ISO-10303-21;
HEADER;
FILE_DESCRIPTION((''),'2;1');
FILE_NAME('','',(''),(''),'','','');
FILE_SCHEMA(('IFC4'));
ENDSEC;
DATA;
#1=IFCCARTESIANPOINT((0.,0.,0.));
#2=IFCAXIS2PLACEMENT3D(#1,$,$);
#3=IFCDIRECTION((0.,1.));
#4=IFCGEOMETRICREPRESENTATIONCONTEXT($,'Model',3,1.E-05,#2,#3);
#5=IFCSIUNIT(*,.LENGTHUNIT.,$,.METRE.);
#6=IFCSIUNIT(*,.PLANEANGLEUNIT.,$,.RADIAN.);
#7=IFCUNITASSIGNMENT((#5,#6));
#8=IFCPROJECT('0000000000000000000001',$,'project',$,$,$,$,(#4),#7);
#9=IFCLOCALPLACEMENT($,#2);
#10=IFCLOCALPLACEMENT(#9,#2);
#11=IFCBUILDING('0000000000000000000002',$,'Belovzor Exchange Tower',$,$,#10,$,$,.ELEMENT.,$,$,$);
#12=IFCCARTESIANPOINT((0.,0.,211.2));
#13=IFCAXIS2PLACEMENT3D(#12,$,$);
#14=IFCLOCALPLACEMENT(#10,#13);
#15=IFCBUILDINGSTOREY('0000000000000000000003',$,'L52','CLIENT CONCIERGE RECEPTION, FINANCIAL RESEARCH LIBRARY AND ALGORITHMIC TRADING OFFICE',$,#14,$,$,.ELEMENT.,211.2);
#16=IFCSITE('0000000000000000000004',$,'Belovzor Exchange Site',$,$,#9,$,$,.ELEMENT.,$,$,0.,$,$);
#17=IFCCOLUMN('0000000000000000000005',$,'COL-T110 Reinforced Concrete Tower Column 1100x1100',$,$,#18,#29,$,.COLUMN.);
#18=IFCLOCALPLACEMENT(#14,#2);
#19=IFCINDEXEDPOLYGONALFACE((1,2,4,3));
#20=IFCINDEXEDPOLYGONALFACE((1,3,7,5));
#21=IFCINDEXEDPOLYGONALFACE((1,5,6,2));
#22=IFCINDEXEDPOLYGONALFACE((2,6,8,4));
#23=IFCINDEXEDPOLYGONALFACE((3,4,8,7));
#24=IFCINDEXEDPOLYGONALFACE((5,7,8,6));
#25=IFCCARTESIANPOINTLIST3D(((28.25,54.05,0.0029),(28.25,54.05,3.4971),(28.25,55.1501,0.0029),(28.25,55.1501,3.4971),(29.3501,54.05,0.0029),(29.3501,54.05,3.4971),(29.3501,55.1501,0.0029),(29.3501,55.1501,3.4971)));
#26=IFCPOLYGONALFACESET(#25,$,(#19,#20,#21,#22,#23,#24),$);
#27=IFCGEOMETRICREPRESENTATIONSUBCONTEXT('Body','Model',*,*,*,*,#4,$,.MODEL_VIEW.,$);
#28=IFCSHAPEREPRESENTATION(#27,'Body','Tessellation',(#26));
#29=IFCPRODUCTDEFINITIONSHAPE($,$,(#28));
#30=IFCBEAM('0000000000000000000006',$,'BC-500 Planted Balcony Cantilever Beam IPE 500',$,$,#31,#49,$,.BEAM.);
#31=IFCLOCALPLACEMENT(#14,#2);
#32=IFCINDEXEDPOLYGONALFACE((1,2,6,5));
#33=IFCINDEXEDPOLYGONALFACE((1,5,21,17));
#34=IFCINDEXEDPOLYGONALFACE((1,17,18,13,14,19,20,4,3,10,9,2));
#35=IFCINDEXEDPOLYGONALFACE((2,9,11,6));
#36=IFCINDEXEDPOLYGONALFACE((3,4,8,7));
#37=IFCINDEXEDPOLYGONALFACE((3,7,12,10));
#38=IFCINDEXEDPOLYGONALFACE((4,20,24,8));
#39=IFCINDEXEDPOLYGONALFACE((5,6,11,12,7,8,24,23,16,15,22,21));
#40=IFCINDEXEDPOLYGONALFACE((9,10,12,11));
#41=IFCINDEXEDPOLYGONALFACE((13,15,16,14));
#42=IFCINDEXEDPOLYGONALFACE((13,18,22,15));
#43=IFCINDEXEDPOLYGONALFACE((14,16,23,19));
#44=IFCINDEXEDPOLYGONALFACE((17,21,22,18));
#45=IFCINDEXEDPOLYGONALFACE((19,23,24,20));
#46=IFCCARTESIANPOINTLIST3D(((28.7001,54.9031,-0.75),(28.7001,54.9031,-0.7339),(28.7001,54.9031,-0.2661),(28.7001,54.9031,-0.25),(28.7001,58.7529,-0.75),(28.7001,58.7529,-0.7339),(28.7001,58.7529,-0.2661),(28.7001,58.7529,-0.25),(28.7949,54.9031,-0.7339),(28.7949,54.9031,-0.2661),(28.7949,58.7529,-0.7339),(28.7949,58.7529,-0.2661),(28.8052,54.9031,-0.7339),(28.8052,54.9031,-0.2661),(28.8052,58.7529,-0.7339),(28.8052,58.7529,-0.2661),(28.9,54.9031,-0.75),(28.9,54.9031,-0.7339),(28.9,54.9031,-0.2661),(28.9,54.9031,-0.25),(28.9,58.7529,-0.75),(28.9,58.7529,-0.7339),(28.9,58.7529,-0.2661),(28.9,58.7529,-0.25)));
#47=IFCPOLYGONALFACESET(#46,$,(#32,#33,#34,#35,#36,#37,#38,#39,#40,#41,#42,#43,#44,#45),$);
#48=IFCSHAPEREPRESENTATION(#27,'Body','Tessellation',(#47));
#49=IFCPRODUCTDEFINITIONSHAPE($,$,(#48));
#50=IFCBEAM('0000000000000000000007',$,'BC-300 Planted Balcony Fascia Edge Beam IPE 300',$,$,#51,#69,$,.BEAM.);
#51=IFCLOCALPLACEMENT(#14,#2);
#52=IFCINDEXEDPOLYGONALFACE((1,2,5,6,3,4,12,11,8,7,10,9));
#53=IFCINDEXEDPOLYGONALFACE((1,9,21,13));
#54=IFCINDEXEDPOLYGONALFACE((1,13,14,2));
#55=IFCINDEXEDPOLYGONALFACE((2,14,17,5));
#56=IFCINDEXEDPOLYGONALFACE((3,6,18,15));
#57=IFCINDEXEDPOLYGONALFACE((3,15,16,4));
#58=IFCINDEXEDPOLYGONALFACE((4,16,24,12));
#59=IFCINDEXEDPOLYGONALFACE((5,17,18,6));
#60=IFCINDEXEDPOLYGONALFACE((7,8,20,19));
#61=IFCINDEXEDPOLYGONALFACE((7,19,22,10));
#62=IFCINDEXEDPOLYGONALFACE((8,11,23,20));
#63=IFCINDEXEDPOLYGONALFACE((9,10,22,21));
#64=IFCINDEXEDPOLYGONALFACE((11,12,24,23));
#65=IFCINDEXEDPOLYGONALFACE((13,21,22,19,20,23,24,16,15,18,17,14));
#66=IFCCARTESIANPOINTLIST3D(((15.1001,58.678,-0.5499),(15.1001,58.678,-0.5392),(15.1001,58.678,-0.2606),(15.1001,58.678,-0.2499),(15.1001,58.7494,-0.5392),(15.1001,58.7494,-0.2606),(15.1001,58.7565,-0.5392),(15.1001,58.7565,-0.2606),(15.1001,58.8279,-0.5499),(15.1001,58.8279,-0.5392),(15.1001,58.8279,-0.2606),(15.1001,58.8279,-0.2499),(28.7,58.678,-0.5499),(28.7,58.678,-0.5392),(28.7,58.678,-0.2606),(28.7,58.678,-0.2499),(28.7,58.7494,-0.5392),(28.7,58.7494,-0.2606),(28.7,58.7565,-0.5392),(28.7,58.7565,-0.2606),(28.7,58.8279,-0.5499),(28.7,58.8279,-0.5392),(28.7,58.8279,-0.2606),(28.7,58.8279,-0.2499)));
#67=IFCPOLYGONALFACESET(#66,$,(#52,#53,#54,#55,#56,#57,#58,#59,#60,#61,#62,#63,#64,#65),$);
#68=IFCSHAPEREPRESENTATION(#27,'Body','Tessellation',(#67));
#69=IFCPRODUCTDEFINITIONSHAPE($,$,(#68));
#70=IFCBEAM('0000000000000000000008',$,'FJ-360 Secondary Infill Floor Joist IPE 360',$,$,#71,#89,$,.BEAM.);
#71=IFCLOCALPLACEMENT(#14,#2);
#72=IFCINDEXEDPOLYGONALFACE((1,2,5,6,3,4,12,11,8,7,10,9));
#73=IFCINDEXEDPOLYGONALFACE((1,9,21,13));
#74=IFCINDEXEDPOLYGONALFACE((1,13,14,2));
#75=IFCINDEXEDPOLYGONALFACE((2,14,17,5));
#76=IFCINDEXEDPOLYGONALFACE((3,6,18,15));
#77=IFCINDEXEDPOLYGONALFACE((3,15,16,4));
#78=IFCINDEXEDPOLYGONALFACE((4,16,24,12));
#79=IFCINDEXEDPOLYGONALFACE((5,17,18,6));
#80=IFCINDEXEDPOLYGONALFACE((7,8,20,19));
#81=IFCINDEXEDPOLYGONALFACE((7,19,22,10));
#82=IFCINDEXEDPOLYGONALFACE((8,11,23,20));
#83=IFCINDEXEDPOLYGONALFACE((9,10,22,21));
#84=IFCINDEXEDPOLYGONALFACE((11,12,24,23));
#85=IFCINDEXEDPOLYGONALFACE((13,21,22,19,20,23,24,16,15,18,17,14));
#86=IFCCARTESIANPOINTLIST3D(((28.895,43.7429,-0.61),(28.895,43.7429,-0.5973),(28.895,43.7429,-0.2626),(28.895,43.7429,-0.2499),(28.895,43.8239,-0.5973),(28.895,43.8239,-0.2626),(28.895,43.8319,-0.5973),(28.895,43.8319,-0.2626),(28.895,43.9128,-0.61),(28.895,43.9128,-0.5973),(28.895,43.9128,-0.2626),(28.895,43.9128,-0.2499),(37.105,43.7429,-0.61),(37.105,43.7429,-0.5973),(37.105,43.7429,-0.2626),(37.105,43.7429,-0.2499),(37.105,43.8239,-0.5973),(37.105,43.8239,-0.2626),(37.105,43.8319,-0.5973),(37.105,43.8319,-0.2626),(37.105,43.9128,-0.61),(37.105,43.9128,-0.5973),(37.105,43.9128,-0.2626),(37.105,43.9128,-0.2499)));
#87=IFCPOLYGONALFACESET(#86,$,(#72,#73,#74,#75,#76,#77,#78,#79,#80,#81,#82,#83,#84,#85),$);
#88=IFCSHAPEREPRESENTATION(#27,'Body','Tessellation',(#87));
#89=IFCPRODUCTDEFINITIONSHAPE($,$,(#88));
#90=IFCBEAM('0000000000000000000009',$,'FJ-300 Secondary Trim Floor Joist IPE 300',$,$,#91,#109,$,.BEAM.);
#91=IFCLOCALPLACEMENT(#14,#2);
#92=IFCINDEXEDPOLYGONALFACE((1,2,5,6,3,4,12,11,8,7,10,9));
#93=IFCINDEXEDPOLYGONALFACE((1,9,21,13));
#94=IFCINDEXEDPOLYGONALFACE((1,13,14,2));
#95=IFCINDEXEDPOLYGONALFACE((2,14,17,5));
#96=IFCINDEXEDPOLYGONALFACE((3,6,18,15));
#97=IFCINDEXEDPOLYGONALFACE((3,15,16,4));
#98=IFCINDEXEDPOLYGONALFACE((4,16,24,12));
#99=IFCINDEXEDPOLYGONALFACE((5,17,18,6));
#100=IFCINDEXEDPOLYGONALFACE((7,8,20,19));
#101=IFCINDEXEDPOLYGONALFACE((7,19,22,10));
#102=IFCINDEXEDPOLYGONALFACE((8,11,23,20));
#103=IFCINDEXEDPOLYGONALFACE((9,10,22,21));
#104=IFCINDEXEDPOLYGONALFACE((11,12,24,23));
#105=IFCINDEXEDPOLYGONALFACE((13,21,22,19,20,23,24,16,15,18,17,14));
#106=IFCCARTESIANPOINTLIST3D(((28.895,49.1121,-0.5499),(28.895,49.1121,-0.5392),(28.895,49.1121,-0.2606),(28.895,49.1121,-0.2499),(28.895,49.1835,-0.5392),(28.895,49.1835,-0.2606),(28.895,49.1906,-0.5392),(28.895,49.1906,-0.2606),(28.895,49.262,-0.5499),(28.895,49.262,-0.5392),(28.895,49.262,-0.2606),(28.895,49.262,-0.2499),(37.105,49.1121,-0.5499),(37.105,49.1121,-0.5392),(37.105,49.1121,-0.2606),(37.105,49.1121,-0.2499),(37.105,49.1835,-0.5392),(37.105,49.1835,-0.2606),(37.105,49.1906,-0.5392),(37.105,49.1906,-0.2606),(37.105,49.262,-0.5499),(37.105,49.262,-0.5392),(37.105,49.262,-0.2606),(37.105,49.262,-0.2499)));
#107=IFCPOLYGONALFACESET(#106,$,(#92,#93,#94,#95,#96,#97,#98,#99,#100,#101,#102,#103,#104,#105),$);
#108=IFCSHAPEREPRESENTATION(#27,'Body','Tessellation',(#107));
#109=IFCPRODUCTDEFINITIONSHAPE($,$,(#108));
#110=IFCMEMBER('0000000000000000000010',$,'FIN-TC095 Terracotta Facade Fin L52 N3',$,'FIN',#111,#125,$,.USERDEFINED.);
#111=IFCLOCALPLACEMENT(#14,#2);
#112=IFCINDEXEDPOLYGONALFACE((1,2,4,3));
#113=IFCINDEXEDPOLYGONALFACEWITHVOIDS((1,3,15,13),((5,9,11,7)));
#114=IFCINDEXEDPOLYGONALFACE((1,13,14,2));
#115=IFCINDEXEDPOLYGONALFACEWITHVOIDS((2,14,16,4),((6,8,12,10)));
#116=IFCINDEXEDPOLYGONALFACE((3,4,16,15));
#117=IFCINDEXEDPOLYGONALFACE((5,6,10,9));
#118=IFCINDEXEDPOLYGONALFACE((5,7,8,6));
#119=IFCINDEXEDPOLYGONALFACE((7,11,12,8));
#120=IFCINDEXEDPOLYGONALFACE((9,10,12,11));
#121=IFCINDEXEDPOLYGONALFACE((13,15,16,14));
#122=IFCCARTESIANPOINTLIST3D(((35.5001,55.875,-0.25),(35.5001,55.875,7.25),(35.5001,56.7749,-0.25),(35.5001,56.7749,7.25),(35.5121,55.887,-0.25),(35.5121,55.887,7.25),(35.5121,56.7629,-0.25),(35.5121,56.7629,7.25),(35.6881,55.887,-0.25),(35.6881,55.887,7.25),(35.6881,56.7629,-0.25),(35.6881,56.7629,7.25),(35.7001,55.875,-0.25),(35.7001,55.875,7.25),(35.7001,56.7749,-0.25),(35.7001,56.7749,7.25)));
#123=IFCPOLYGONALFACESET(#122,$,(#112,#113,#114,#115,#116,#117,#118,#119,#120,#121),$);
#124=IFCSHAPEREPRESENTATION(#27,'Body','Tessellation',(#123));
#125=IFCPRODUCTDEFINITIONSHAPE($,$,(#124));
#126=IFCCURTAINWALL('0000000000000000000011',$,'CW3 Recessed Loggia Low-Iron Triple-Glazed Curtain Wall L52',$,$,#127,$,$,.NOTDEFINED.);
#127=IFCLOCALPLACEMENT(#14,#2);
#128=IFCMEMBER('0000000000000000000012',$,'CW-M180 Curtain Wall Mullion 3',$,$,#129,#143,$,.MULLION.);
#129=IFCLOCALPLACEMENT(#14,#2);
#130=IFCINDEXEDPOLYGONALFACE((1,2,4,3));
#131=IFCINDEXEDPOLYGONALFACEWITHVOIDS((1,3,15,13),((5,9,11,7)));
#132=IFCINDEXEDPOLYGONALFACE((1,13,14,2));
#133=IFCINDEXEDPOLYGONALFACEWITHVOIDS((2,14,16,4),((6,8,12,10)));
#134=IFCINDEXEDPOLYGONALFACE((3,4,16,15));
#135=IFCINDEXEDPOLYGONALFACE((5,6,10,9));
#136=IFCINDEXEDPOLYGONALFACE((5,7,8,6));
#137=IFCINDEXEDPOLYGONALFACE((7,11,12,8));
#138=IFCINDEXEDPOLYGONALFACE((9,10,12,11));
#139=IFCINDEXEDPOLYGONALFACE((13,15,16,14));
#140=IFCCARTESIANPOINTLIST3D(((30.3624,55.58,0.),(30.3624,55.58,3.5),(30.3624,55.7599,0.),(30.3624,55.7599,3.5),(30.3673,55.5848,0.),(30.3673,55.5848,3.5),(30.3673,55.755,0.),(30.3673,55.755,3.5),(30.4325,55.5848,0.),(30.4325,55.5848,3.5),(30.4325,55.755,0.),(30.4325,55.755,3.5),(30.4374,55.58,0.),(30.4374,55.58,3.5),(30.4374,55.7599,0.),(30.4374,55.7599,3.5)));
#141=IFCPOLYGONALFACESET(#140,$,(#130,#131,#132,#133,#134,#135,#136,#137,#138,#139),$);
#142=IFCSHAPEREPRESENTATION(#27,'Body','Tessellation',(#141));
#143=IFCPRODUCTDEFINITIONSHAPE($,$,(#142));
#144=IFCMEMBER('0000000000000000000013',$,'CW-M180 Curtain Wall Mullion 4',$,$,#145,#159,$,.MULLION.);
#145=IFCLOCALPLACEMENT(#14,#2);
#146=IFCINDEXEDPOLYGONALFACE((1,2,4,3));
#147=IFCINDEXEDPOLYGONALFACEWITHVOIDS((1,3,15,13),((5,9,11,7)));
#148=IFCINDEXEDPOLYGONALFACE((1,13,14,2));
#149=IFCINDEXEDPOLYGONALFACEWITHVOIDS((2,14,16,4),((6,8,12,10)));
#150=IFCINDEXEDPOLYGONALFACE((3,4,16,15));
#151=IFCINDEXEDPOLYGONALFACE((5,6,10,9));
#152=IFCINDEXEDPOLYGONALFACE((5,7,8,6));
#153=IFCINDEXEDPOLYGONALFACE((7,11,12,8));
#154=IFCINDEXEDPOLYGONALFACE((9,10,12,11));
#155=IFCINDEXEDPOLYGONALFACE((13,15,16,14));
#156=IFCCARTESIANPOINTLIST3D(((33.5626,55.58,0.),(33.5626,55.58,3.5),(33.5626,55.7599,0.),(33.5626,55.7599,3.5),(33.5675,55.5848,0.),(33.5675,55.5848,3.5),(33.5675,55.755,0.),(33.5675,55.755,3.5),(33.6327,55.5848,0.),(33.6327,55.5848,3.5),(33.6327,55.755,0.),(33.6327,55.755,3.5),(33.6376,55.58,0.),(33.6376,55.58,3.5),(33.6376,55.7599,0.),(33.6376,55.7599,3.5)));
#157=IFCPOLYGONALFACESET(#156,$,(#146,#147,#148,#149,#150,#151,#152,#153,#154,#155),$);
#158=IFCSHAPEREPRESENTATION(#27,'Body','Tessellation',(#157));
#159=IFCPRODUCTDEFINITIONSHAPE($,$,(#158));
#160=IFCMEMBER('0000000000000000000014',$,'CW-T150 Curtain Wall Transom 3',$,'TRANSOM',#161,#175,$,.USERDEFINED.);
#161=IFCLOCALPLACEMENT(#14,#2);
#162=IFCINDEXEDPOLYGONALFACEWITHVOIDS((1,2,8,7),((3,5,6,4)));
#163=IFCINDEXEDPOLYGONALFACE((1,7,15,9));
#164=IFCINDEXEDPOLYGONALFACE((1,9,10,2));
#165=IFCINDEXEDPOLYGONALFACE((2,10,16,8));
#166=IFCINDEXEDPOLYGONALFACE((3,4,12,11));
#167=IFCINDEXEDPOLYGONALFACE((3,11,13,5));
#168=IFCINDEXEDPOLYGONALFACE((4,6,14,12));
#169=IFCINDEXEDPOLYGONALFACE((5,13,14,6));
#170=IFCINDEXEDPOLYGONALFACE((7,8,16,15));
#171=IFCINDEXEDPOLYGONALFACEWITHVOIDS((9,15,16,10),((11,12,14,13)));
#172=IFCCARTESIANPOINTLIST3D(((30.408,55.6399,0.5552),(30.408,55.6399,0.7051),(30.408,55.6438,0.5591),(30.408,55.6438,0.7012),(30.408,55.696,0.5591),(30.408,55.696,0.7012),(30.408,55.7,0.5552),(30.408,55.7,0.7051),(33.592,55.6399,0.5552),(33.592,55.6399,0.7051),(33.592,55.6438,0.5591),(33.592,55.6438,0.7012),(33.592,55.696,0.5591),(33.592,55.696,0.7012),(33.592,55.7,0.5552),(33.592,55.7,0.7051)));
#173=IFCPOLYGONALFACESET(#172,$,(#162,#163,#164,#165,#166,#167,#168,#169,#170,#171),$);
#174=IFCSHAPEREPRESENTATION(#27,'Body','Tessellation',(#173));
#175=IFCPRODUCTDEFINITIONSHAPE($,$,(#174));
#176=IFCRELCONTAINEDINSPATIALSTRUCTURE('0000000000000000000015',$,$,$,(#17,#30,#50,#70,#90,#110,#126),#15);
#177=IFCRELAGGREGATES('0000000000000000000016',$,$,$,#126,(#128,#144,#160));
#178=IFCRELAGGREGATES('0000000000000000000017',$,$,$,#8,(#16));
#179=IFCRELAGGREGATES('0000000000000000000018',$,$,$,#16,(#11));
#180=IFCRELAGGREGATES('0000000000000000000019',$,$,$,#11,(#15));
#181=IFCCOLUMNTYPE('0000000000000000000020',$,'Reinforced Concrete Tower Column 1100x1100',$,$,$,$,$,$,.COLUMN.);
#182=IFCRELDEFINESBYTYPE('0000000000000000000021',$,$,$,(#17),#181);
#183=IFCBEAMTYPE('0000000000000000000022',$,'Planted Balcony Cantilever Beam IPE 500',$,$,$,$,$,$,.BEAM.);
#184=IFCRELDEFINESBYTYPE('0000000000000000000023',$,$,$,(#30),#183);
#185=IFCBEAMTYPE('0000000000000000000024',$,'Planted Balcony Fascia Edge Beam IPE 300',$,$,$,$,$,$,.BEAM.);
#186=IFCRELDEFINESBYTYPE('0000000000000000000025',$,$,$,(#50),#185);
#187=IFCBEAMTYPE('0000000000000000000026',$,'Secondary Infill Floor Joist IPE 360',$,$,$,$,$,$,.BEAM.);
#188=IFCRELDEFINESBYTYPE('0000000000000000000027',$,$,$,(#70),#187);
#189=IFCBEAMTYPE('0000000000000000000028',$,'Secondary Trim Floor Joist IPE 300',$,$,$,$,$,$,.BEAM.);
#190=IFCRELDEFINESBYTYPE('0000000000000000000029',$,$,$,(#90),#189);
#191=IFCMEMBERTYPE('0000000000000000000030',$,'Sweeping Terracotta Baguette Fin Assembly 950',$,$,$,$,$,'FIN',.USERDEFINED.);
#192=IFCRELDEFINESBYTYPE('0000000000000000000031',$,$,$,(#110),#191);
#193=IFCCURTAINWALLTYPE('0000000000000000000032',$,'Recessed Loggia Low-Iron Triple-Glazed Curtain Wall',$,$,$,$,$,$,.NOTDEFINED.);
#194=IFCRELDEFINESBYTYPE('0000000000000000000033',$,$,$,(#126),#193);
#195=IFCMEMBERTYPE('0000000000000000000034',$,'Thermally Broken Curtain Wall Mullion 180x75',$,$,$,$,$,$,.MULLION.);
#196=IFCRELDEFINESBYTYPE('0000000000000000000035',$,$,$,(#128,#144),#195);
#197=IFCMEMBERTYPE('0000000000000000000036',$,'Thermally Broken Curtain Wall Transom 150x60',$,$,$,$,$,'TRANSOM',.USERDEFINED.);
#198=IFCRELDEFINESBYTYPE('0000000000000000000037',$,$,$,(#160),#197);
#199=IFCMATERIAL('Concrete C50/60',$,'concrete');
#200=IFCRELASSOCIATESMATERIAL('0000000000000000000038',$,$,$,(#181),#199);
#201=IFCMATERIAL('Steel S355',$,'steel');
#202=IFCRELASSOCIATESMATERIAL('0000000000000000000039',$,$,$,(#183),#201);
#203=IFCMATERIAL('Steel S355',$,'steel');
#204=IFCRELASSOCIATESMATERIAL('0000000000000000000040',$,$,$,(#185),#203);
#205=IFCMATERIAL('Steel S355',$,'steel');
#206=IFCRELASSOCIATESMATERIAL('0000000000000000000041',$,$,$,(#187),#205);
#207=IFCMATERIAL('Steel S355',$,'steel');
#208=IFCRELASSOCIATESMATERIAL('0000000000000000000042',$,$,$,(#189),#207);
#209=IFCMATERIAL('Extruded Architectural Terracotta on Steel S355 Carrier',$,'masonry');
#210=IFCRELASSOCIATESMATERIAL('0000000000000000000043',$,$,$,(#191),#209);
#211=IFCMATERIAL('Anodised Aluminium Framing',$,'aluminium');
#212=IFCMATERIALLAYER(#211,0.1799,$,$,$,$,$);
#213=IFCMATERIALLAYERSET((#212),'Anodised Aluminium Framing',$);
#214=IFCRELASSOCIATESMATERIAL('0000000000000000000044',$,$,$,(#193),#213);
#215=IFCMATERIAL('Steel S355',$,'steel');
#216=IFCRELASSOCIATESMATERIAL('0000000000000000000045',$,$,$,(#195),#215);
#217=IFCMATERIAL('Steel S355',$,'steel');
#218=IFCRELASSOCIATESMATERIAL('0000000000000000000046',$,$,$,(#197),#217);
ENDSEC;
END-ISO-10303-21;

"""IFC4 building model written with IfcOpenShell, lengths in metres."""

from ifc_helpers import new_model, si_unit, direction, frame, origin, origin_2d, place, context, subcontext, project, spatial, rectangle, hollow_rectangle, i_section, extrude, material, layer, layer_set, material_profile, profile_set, type_object, element, aggregate, save


model = new_model("IFC4")

# Units and contexts
model_context = context("Model", 3, precision=1e-05, world=origin(), true_north=direction((0.0, 1.0)))
body_context = subcontext(model_context, "Body", "Model", "MODEL_VIEW")
ifc_project = project(units=[si_unit("LENGTHUNIT", "METRE"), si_unit("PLANEANGLEUNIT", "RADIAN")], contexts=[model_context])

# Site, building, storey
site_placement = place(None, origin())
site = spatial("IfcSite", under=ifc_project, at=site_placement, Name="Belovzor Exchange Site", CompositionType="ELEMENT", RefElevation=0.0)
building_placement = place(site_placement, origin())
building = spatial("IfcBuilding", under=site, at=building_placement, Name="Belovzor Exchange Tower", CompositionType="ELEMENT")
storey_placement = place(building_placement, frame((0.0, 0.0, 211.2)))
storey = spatial("IfcBuildingStorey", under=building, at=storey_placement, Name="L52", Description="CLIENT CONCIERGE RECEPTION, FINANCIAL RESEARCH LIBRARY AND ALGORITHMIC TRADING OFFICE", CompositionType="ELEMENT", Elevation=211.2)

# Column
ifc_material_1 = material(Name="Concrete C50/60", Category="concrete")
ifc_material_profile_1 = material_profile(ifc_material_1, rectangle(XDim=1.1001, YDim=1.1001, at=origin_2d()))
ifc_profile_set_1 = profile_set([ifc_material_profile_1], Name="Concrete C50/60")
column_type = type_object("IfcColumnType", Name="Reinforced Concrete Tower Column 1100x1100", PredefinedType="COLUMN", material=ifc_profile_set_1)
column_placement = place(storey_placement, frame((28.8, 54.6001, 0.0029), z_axis=(0.0, 0.0, 1.0), x_axis=(1.0, 0.0, 0.0)))
element("IfcColumn", 1, at=column_placement, inside=storey, type_object=column_type, Name="COL-T110 Reinforced Concrete Tower Column 1100x1100", PredefinedType="COLUMN", context=body_context, shape_type="SweptSolid", body=[
    extrude(rectangle(XDim=1.1001, YDim=1.1001, at=origin_2d()), origin(), (0.0, 0.0, 1.0), 3.4941),
])

# Beams
ifc_material_2 = material(Name="Steel S355", Category="steel")
ifc_material_profile_2 = material_profile(ifc_material_2, i_section(OverallWidth=0.2, OverallDepth=0.5, WebThickness=0.0103, FlangeThickness=0.0161, at=origin_2d()))
ifc_profile_set_2 = profile_set([ifc_material_profile_2], Name="Steel S355")
beam_type_1 = type_object("IfcBeamType", Name="Planted Balcony Cantilever Beam IPE 500", PredefinedType="BEAM", material=ifc_profile_set_2)
beam_1_placement = place(storey_placement, frame((28.8, 54.9031, -0.5), z_axis=(0.0, 1.0, 0.0), x_axis=(-1.0, 0.0, 0.0)))
element("IfcBeam", 2, at=beam_1_placement, inside=storey, type_object=beam_type_1, Name="BC-500 Planted Balcony Cantilever Beam IPE 500", PredefinedType="BEAM", context=body_context, shape_type="SweptSolid", body=[
    extrude(i_section(OverallWidth=0.2, OverallDepth=0.5, WebThickness=0.0103, FlangeThickness=0.0161, at=origin_2d()), origin(), (0.0, 0.0, 1.0), 3.8499),
])
ifc_material_3 = material(Name="Steel S355", Category="steel")
ifc_material_profile_3 = material_profile(ifc_material_3, i_section(OverallWidth=0.1499, OverallDepth=0.3, WebThickness=0.0071, FlangeThickness=0.0107, at=origin_2d()))
ifc_profile_set_3 = profile_set([ifc_material_profile_3], Name="Steel S355")
beam_type_2 = type_object("IfcBeamType", Name="Planted Balcony Fascia Edge Beam IPE 300", PredefinedType="BEAM", material=ifc_profile_set_3)
beam_2_placement = place(storey_placement, frame((28.7, 58.7529, -0.3999), z_axis=(-1.0, 0.0, 0.0), x_axis=(0.0, -1.0, 0.0)))
element("IfcBeam", 3, at=beam_2_placement, inside=storey, type_object=beam_type_2, Name="BC-300 Planted Balcony Fascia Edge Beam IPE 300", PredefinedType="BEAM", context=body_context, shape_type="SweptSolid", body=[
    extrude(i_section(OverallWidth=0.1499, OverallDepth=0.3, WebThickness=0.0071, FlangeThickness=0.0107, at=origin_2d()), origin(), (0.0, 0.0, 1.0), 13.5999),
])
ifc_material_4 = material(Name="Steel S355", Category="steel")
ifc_material_profile_4 = material_profile(ifc_material_4, i_section(OverallWidth=0.1699, OverallDepth=0.3601, WebThickness=0.0081, FlangeThickness=0.0127, at=origin_2d()))
ifc_profile_set_4 = profile_set([ifc_material_profile_4], Name="Steel S355")
beam_type_3 = type_object("IfcBeamType", Name="Secondary Infill Floor Joist IPE 360", PredefinedType="BEAM", material=ifc_profile_set_4)
beam_3_placement = place(storey_placement, frame((28.895, 43.8279, -0.4299), z_axis=(1.0, 0.0, 0.0), x_axis=(0.0, 1.0, 0.0)))
element("IfcBeam", 4, at=beam_3_placement, inside=storey, type_object=beam_type_3, Name="FJ-360 Secondary Infill Floor Joist IPE 360", PredefinedType="BEAM", context=body_context, shape_type="SweptSolid", body=[
    extrude(i_section(OverallWidth=0.1699, OverallDepth=0.3601, WebThickness=0.0081, FlangeThickness=0.0127, at=origin_2d()), origin(), (0.0, 0.0, 1.0), 8.21),
])
ifc_material_5 = material(Name="Steel S355", Category="steel")
ifc_material_profile_5 = material_profile(ifc_material_5, i_section(OverallWidth=0.1499, OverallDepth=0.3, WebThickness=0.0071, FlangeThickness=0.0107, at=origin_2d()))
ifc_profile_set_5 = profile_set([ifc_material_profile_5], Name="Steel S355")
beam_type_4 = type_object("IfcBeamType", Name="Secondary Trim Floor Joist IPE 300", PredefinedType="BEAM", material=ifc_profile_set_5)
beam_4_placement = place(storey_placement, frame((28.895, 49.187, -0.3999), z_axis=(1.0, 0.0, 0.0), x_axis=(0.0, 1.0, 0.0)))
element("IfcBeam", 5, at=beam_4_placement, inside=storey, type_object=beam_type_4, Name="FJ-300 Secondary Trim Floor Joist IPE 300", PredefinedType="BEAM", context=body_context, shape_type="SweptSolid", body=[
    extrude(i_section(OverallWidth=0.1499, OverallDepth=0.3, WebThickness=0.0071, FlangeThickness=0.0107, at=origin_2d()), origin(), (0.0, 0.0, 1.0), 8.21),
])

# Member
ifc_material_6 = material(Name="Extruded Architectural Terracotta on Steel S355 Carrier", Category="masonry")
ifc_material_profile_6 = material_profile(ifc_material_6, hollow_rectangle(XDim=0.2, YDim=0.8999, WallThickness=0.012, at=origin_2d()))
ifc_profile_set_6 = profile_set([ifc_material_profile_6], Name="Extruded Architectural Terracotta on Steel S355 Carrier")
member_type_1 = type_object("IfcMemberType", Name="Sweeping Terracotta Baguette Fin Assembly 950", ElementType="FIN", PredefinedType="USERDEFINED", material=ifc_profile_set_6)
member_1_placement = place(storey_placement, frame((35.6001, 56.325, -0.25), z_axis=(0.0, 0.0, 1.0), x_axis=(1.0, 0.0, 0.0)))
element("IfcMember", 6, at=member_1_placement, inside=storey, type_object=member_type_1, Name="FIN-TC095 Terracotta Facade Fin L52 N3", ObjectType="FIN", PredefinedType="USERDEFINED", context=body_context, shape_type="SweptSolid", body=[
    extrude(hollow_rectangle(XDim=0.2, YDim=0.8999, WallThickness=0.012, at=origin_2d()), origin(), (0.0, 0.0, 1.0), 7.5),
])

# Curtain wall, members
ifc_material_7 = material(Name="Anodised Aluminium Framing", Category="aluminium")
ifc_layer_1 = layer(ifc_material_7, 0.1799)
ifc_layer_set_1 = layer_set([ifc_layer_1], Name="Anodised Aluminium Framing")
curtain_wall_type = type_object("IfcCurtainWallType", Name="Recessed Loggia Low-Iron Triple-Glazed Curtain Wall", PredefinedType="NOTDEFINED", material=ifc_layer_set_1)
curtain_wall_placement = place(storey_placement, origin())
curtain_wall = element("IfcCurtainWall", 7, at=curtain_wall_placement, inside=storey, type_object=curtain_wall_type, Name="CW3 Recessed Loggia Low-Iron Triple-Glazed Curtain Wall L52", PredefinedType="NOTDEFINED")
ifc_material_8 = material(Name="Steel S355", Category="steel")
ifc_material_profile_7 = material_profile(ifc_material_8, hollow_rectangle(XDim=0.075, YDim=0.1799, WallThickness=0.0049, at=origin_2d()))
ifc_profile_set_7 = profile_set([ifc_material_profile_7], Name="Steel S355")
member_type_2 = type_object("IfcMemberType", Name="Thermally Broken Curtain Wall Mullion 180x75", PredefinedType="MULLION", material=ifc_profile_set_7)
member_2_placement = place(storey_placement, frame((30.3999, 55.6699, 0.0), z_axis=(0.0, 0.0, 1.0), x_axis=(1.0, 0.0, 0.0)))
member_2 = element("IfcMember", 8, at=member_2_placement, type_object=member_type_2, Name="CW-M180 Curtain Wall Mullion 3", PredefinedType="MULLION", context=body_context, shape_type="SweptSolid", body=[
    extrude(hollow_rectangle(XDim=0.075, YDim=0.1799, WallThickness=0.0049, at=origin_2d()), origin(), (0.0, 0.0, 1.0), 3.5),
])
member_3_placement = place(storey_placement, frame((33.6001, 55.6699, 0.0), z_axis=(0.0, 0.0, 1.0), x_axis=(1.0, 0.0, 0.0)))
member_3 = element("IfcMember", 9, at=member_3_placement, type_object=member_type_2, Name="CW-M180 Curtain Wall Mullion 4", PredefinedType="MULLION", context=body_context, shape_type="SweptSolid", body=[
    extrude(hollow_rectangle(XDim=0.075, YDim=0.1799, WallThickness=0.0049, at=origin_2d()), origin(), (0.0, 0.0, 1.0), 3.5),
])
ifc_material_9 = material(Name="Steel S355", Category="steel")
ifc_material_profile_8 = material_profile(ifc_material_9, hollow_rectangle(XDim=0.0601, YDim=0.1499, WallThickness=0.0039, at=origin_2d()))
ifc_profile_set_8 = profile_set([ifc_material_profile_8], Name="Steel S355")
member_type_3 = type_object("IfcMemberType", Name="Thermally Broken Curtain Wall Transom 150x60", ElementType="TRANSOM", PredefinedType="USERDEFINED", material=ifc_profile_set_8)
member_4_placement = place(storey_placement, frame((30.408, 55.6699, 0.6301), z_axis=(1.0, 0.0, 0.0), x_axis=(0.0, 1.0, 0.0)))
member_4 = element("IfcMember", 10, at=member_4_placement, type_object=member_type_3, Name="CW-T150 Curtain Wall Transom 3", ObjectType="TRANSOM", PredefinedType="USERDEFINED", context=body_context, shape_type="SweptSolid", body=[
    extrude(hollow_rectangle(XDim=0.0601, YDim=0.1499, WallThickness=0.0039, at=origin_2d()), origin(), (0.0, 0.0, 1.0), 3.1841),
])

aggregate(curtain_wall, [member_2, member_3, member_4])

save(model, "model.ifc")
